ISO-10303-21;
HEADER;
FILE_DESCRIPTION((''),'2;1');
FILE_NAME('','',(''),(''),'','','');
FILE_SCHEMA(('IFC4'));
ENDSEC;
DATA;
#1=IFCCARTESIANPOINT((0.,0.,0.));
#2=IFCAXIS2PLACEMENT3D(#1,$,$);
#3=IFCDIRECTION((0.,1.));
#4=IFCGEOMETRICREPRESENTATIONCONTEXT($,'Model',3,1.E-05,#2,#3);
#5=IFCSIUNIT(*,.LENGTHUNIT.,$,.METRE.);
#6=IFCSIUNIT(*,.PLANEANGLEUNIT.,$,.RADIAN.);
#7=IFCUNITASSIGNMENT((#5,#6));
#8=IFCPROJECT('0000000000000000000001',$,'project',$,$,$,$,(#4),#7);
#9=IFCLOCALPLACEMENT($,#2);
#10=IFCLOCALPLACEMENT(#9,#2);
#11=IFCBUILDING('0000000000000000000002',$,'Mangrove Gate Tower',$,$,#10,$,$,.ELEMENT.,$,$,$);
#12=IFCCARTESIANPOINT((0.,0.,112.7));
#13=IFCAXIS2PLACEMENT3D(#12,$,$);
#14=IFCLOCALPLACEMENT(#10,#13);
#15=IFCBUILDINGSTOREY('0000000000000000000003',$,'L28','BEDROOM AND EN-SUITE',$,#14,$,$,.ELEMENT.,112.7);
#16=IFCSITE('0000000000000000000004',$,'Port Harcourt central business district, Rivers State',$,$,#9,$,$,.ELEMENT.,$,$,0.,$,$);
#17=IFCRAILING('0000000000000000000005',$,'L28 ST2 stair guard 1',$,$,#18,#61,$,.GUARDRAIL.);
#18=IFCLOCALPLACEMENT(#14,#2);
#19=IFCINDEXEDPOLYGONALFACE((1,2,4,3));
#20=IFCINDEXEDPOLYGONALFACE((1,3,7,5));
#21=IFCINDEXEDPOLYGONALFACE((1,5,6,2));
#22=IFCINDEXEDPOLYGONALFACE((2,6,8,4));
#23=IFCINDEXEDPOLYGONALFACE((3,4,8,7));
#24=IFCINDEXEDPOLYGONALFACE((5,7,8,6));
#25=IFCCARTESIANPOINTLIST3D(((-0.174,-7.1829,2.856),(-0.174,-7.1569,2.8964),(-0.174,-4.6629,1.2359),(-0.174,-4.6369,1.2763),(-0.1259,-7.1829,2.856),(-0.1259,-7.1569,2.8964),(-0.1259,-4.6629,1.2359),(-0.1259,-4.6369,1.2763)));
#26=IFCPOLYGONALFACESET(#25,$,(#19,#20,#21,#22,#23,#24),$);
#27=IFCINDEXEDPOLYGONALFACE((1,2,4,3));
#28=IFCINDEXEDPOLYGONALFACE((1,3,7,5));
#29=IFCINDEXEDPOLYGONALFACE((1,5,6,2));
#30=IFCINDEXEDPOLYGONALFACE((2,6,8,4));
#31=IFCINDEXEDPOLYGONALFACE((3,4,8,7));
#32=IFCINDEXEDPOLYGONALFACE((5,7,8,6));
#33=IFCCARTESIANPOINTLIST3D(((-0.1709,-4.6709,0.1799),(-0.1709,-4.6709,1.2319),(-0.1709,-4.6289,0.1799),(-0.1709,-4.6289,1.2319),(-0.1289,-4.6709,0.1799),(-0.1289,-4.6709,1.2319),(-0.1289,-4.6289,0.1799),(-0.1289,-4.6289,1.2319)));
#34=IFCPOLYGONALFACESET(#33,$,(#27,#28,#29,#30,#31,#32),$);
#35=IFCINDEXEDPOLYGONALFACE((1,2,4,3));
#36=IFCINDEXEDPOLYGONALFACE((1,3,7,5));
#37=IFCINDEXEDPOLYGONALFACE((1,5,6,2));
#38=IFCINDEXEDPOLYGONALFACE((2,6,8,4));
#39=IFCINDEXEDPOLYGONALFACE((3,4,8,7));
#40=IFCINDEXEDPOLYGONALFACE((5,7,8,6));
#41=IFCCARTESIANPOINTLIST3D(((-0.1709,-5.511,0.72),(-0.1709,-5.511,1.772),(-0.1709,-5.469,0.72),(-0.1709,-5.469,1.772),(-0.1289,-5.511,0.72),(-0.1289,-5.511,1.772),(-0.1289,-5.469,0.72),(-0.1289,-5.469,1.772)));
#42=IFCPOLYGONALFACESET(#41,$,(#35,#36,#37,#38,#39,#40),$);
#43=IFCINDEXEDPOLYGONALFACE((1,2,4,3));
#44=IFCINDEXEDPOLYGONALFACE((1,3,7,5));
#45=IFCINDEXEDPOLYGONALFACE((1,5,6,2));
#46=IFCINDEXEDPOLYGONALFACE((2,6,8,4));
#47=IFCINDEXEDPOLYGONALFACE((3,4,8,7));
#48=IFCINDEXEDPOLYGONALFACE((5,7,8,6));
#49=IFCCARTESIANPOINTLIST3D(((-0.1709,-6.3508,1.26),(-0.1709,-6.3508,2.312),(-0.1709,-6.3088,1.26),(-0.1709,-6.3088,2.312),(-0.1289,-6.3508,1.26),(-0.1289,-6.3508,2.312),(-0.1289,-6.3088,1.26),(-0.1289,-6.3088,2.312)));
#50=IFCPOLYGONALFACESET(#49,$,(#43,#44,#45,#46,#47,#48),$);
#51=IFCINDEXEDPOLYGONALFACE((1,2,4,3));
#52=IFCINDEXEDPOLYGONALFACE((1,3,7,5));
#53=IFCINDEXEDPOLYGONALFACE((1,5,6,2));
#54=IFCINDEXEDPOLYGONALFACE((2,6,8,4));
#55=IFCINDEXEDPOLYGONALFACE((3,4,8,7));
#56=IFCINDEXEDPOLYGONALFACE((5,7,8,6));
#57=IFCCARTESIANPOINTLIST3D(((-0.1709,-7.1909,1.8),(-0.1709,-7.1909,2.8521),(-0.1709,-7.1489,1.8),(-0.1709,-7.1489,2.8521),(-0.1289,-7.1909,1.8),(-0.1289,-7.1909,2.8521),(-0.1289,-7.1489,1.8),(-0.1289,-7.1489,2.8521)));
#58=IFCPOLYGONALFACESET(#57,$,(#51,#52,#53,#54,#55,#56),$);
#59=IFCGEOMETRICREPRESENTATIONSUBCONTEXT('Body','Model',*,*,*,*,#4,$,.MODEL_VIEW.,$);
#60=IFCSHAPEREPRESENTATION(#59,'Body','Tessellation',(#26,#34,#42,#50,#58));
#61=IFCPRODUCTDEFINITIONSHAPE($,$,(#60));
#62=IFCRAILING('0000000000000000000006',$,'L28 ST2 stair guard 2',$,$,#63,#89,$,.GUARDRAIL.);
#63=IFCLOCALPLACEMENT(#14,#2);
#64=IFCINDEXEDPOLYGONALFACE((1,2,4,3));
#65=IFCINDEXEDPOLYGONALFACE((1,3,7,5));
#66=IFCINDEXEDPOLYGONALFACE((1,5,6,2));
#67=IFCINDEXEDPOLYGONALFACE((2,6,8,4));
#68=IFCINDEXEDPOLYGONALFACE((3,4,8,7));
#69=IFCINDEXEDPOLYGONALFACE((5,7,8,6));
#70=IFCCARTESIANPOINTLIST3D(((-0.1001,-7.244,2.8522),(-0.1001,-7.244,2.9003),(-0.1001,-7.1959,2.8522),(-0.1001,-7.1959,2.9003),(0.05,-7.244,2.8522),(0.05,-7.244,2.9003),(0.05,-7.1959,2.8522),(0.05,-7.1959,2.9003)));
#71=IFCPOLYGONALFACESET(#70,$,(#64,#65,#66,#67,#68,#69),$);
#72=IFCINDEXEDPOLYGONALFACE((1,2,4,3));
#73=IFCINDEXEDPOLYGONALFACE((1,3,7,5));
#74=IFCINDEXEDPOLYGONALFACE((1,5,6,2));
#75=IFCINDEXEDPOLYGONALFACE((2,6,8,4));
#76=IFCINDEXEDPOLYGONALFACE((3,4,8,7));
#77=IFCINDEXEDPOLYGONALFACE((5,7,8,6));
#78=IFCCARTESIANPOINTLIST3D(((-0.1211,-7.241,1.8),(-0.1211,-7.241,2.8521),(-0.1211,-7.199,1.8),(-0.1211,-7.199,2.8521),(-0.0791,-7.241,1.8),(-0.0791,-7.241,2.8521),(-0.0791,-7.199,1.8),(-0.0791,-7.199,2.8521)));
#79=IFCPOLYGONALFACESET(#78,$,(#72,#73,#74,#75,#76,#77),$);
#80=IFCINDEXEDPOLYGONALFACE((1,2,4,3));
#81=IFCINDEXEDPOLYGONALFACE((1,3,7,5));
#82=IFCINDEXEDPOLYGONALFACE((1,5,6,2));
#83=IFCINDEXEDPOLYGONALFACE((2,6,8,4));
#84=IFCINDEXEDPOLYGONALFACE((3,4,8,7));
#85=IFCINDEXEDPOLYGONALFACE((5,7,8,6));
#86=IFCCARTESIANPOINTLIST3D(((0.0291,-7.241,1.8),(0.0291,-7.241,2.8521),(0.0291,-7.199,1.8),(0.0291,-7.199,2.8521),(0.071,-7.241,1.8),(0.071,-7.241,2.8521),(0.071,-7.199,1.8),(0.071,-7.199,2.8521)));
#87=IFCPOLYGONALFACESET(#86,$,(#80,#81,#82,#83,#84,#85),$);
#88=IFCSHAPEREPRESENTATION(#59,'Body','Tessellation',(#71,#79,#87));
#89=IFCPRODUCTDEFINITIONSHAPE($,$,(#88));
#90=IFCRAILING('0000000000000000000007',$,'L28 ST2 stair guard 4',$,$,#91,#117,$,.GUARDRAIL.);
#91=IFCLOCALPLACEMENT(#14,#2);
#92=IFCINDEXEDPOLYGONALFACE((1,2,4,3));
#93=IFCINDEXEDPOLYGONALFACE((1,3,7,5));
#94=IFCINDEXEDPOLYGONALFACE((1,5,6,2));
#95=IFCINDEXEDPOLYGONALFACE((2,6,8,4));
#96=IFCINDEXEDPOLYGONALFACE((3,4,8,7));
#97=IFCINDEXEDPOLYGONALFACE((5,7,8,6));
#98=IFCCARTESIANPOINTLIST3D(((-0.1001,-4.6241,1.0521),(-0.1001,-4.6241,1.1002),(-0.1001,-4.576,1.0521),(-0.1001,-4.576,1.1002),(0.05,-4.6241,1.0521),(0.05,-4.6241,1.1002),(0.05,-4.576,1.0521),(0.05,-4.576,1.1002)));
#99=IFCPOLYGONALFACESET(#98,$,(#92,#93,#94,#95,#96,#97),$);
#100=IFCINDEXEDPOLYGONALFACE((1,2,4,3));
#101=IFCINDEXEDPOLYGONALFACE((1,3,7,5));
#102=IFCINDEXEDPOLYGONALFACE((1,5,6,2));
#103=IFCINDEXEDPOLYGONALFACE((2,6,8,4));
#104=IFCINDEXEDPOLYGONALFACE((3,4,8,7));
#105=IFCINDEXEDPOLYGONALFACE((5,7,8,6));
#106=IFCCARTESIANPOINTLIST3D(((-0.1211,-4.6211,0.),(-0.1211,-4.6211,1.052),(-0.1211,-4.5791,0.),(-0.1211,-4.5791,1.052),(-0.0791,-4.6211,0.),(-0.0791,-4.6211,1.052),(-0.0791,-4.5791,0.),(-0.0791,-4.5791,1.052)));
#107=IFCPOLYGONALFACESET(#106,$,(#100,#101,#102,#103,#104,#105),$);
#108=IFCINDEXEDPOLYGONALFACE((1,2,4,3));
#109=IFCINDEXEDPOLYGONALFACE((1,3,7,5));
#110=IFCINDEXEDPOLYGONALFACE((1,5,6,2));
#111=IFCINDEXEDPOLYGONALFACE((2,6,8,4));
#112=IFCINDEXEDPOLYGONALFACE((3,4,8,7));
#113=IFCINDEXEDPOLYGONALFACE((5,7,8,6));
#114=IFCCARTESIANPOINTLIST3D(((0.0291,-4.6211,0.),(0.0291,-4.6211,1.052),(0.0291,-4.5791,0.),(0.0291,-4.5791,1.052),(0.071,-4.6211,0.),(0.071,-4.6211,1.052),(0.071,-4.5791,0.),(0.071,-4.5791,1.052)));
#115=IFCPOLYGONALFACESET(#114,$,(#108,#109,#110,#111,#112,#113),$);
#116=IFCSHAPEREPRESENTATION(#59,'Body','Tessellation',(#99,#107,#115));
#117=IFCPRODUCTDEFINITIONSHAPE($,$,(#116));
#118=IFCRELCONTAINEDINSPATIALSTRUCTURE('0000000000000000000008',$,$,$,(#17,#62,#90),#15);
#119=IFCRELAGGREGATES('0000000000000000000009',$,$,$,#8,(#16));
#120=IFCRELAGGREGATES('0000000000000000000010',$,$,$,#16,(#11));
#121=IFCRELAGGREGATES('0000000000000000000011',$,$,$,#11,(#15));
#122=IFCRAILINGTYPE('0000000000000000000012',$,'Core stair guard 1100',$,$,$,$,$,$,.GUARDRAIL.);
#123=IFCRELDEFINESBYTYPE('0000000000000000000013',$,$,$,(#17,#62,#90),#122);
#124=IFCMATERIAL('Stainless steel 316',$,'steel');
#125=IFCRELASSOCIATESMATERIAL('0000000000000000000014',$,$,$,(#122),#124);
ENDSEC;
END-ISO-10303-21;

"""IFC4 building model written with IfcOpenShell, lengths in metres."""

from ifc_helpers import new_model, si_unit, direction, frame, origin, origin_2d, place, context, subcontext, project, spatial, rectangle, extrude, material, type_object, element, save


model = new_model("IFC4")

# Units and contexts
model_context = context("Model", 3, precision=1e-05, world=origin(), true_north=direction((0.0, 1.0)))
body_context = subcontext(model_context, "Body", "Model", "MODEL_VIEW")
ifc_project = project(units=[si_unit("LENGTHUNIT", "METRE"), si_unit("PLANEANGLEUNIT", "RADIAN")], contexts=[model_context])

# Site, building, storey
site_placement = place(None, origin())
site = spatial("IfcSite", under=ifc_project, at=site_placement, Name="Port Harcourt central business district, Rivers State", CompositionType="ELEMENT", RefElevation=0.0)
building_placement = place(site_placement, origin())
building = spatial("IfcBuilding", under=site, at=building_placement, Name="Mangrove Gate Tower", CompositionType="ELEMENT")
storey_placement = place(building_placement, frame((0.0, 0.0, 112.7)))
storey = spatial("IfcBuildingStorey", under=building, at=storey_placement, Name="L28", Description="BEDROOM AND EN-SUITE", CompositionType="ELEMENT", Elevation=112.7)

# Railings
ifc_material_1 = material(Name="Stainless steel 316", Category="steel")
railing_type_1 = type_object("IfcRailingType", Name="Core stair guard 1100", PredefinedType="GUARDRAIL", material=ifc_material_1)
railing_1_placement = place(storey_placement, frame((-0.1499, -4.6499, 0.1799)))
element("IfcRailing", 1, at=railing_1_placement, inside=storey, type_object=railing_type_1, Name="L28 ST2 stair guard 1", PredefinedType="GUARDRAIL", context=body_context, shape_type="SweptSolid", body=[
    extrude(rectangle(XDim=0.0481, YDim=0.0481, at=origin_2d()), frame((0.0, 0.0, 1.0762), z_axis=(0.0, -0.841163, 0.540782), x_axis=(1.0, 0.0, 0.0)), (0.0, 0.0, 1.0), 2.9958),
    extrude(rectangle(XDim=0.042, YDim=0.042, at=origin_2d()), origin(), (0.0, 0.0, 1.0), 1.052),
    extrude(rectangle(XDim=0.042, YDim=0.042, at=origin_2d()), frame((0.0, -0.8401, 0.54)), (0.0, 0.0, 1.0), 1.052),
    extrude(rectangle(XDim=0.042, YDim=0.042, at=origin_2d()), frame((0.0, -1.6799, 1.0801)), (0.0, 0.0, 1.0), 1.052),
    extrude(rectangle(XDim=0.042, YDim=0.042, at=origin_2d()), frame((0.0, -2.52, 1.6201)), (0.0, 0.0, 1.0), 1.052),
])
for number, where, name in (
    (2, (-0.1001, -7.22, 1.8), "L28 ST2 stair guard 2"),
    (3, (-0.1001, -4.6001, 0.0), "L28 ST2 stair guard 4"),
):
    element("IfcRailing", number, at=place(storey_placement, frame(where)), inside=storey, type_object=railing_type_1, Name=name, PredefinedType="GUARDRAIL", context=body_context, shape_type="SweptSolid", body=[
        extrude(rectangle(XDim=0.0481, YDim=0.0481, at=origin_2d()), frame((0.0, 0.0, 1.0762), z_axis=(1.0, 0.0, 0.0), x_axis=(0.0, 1.0, 0.0)), (0.0, 0.0, 1.0), 0.1501),
        extrude(rectangle(XDim=0.042, YDim=0.042, at=origin_2d()), origin(), (0.0, 0.0, 1.0), 1.052),
        extrude(rectangle(XDim=0.042, YDim=0.042, at=origin_2d()), frame((0.1501, 0.0, 0.0)), (0.0, 0.0, 1.0), 1.052),
    ])

save(model, "model.ifc")
